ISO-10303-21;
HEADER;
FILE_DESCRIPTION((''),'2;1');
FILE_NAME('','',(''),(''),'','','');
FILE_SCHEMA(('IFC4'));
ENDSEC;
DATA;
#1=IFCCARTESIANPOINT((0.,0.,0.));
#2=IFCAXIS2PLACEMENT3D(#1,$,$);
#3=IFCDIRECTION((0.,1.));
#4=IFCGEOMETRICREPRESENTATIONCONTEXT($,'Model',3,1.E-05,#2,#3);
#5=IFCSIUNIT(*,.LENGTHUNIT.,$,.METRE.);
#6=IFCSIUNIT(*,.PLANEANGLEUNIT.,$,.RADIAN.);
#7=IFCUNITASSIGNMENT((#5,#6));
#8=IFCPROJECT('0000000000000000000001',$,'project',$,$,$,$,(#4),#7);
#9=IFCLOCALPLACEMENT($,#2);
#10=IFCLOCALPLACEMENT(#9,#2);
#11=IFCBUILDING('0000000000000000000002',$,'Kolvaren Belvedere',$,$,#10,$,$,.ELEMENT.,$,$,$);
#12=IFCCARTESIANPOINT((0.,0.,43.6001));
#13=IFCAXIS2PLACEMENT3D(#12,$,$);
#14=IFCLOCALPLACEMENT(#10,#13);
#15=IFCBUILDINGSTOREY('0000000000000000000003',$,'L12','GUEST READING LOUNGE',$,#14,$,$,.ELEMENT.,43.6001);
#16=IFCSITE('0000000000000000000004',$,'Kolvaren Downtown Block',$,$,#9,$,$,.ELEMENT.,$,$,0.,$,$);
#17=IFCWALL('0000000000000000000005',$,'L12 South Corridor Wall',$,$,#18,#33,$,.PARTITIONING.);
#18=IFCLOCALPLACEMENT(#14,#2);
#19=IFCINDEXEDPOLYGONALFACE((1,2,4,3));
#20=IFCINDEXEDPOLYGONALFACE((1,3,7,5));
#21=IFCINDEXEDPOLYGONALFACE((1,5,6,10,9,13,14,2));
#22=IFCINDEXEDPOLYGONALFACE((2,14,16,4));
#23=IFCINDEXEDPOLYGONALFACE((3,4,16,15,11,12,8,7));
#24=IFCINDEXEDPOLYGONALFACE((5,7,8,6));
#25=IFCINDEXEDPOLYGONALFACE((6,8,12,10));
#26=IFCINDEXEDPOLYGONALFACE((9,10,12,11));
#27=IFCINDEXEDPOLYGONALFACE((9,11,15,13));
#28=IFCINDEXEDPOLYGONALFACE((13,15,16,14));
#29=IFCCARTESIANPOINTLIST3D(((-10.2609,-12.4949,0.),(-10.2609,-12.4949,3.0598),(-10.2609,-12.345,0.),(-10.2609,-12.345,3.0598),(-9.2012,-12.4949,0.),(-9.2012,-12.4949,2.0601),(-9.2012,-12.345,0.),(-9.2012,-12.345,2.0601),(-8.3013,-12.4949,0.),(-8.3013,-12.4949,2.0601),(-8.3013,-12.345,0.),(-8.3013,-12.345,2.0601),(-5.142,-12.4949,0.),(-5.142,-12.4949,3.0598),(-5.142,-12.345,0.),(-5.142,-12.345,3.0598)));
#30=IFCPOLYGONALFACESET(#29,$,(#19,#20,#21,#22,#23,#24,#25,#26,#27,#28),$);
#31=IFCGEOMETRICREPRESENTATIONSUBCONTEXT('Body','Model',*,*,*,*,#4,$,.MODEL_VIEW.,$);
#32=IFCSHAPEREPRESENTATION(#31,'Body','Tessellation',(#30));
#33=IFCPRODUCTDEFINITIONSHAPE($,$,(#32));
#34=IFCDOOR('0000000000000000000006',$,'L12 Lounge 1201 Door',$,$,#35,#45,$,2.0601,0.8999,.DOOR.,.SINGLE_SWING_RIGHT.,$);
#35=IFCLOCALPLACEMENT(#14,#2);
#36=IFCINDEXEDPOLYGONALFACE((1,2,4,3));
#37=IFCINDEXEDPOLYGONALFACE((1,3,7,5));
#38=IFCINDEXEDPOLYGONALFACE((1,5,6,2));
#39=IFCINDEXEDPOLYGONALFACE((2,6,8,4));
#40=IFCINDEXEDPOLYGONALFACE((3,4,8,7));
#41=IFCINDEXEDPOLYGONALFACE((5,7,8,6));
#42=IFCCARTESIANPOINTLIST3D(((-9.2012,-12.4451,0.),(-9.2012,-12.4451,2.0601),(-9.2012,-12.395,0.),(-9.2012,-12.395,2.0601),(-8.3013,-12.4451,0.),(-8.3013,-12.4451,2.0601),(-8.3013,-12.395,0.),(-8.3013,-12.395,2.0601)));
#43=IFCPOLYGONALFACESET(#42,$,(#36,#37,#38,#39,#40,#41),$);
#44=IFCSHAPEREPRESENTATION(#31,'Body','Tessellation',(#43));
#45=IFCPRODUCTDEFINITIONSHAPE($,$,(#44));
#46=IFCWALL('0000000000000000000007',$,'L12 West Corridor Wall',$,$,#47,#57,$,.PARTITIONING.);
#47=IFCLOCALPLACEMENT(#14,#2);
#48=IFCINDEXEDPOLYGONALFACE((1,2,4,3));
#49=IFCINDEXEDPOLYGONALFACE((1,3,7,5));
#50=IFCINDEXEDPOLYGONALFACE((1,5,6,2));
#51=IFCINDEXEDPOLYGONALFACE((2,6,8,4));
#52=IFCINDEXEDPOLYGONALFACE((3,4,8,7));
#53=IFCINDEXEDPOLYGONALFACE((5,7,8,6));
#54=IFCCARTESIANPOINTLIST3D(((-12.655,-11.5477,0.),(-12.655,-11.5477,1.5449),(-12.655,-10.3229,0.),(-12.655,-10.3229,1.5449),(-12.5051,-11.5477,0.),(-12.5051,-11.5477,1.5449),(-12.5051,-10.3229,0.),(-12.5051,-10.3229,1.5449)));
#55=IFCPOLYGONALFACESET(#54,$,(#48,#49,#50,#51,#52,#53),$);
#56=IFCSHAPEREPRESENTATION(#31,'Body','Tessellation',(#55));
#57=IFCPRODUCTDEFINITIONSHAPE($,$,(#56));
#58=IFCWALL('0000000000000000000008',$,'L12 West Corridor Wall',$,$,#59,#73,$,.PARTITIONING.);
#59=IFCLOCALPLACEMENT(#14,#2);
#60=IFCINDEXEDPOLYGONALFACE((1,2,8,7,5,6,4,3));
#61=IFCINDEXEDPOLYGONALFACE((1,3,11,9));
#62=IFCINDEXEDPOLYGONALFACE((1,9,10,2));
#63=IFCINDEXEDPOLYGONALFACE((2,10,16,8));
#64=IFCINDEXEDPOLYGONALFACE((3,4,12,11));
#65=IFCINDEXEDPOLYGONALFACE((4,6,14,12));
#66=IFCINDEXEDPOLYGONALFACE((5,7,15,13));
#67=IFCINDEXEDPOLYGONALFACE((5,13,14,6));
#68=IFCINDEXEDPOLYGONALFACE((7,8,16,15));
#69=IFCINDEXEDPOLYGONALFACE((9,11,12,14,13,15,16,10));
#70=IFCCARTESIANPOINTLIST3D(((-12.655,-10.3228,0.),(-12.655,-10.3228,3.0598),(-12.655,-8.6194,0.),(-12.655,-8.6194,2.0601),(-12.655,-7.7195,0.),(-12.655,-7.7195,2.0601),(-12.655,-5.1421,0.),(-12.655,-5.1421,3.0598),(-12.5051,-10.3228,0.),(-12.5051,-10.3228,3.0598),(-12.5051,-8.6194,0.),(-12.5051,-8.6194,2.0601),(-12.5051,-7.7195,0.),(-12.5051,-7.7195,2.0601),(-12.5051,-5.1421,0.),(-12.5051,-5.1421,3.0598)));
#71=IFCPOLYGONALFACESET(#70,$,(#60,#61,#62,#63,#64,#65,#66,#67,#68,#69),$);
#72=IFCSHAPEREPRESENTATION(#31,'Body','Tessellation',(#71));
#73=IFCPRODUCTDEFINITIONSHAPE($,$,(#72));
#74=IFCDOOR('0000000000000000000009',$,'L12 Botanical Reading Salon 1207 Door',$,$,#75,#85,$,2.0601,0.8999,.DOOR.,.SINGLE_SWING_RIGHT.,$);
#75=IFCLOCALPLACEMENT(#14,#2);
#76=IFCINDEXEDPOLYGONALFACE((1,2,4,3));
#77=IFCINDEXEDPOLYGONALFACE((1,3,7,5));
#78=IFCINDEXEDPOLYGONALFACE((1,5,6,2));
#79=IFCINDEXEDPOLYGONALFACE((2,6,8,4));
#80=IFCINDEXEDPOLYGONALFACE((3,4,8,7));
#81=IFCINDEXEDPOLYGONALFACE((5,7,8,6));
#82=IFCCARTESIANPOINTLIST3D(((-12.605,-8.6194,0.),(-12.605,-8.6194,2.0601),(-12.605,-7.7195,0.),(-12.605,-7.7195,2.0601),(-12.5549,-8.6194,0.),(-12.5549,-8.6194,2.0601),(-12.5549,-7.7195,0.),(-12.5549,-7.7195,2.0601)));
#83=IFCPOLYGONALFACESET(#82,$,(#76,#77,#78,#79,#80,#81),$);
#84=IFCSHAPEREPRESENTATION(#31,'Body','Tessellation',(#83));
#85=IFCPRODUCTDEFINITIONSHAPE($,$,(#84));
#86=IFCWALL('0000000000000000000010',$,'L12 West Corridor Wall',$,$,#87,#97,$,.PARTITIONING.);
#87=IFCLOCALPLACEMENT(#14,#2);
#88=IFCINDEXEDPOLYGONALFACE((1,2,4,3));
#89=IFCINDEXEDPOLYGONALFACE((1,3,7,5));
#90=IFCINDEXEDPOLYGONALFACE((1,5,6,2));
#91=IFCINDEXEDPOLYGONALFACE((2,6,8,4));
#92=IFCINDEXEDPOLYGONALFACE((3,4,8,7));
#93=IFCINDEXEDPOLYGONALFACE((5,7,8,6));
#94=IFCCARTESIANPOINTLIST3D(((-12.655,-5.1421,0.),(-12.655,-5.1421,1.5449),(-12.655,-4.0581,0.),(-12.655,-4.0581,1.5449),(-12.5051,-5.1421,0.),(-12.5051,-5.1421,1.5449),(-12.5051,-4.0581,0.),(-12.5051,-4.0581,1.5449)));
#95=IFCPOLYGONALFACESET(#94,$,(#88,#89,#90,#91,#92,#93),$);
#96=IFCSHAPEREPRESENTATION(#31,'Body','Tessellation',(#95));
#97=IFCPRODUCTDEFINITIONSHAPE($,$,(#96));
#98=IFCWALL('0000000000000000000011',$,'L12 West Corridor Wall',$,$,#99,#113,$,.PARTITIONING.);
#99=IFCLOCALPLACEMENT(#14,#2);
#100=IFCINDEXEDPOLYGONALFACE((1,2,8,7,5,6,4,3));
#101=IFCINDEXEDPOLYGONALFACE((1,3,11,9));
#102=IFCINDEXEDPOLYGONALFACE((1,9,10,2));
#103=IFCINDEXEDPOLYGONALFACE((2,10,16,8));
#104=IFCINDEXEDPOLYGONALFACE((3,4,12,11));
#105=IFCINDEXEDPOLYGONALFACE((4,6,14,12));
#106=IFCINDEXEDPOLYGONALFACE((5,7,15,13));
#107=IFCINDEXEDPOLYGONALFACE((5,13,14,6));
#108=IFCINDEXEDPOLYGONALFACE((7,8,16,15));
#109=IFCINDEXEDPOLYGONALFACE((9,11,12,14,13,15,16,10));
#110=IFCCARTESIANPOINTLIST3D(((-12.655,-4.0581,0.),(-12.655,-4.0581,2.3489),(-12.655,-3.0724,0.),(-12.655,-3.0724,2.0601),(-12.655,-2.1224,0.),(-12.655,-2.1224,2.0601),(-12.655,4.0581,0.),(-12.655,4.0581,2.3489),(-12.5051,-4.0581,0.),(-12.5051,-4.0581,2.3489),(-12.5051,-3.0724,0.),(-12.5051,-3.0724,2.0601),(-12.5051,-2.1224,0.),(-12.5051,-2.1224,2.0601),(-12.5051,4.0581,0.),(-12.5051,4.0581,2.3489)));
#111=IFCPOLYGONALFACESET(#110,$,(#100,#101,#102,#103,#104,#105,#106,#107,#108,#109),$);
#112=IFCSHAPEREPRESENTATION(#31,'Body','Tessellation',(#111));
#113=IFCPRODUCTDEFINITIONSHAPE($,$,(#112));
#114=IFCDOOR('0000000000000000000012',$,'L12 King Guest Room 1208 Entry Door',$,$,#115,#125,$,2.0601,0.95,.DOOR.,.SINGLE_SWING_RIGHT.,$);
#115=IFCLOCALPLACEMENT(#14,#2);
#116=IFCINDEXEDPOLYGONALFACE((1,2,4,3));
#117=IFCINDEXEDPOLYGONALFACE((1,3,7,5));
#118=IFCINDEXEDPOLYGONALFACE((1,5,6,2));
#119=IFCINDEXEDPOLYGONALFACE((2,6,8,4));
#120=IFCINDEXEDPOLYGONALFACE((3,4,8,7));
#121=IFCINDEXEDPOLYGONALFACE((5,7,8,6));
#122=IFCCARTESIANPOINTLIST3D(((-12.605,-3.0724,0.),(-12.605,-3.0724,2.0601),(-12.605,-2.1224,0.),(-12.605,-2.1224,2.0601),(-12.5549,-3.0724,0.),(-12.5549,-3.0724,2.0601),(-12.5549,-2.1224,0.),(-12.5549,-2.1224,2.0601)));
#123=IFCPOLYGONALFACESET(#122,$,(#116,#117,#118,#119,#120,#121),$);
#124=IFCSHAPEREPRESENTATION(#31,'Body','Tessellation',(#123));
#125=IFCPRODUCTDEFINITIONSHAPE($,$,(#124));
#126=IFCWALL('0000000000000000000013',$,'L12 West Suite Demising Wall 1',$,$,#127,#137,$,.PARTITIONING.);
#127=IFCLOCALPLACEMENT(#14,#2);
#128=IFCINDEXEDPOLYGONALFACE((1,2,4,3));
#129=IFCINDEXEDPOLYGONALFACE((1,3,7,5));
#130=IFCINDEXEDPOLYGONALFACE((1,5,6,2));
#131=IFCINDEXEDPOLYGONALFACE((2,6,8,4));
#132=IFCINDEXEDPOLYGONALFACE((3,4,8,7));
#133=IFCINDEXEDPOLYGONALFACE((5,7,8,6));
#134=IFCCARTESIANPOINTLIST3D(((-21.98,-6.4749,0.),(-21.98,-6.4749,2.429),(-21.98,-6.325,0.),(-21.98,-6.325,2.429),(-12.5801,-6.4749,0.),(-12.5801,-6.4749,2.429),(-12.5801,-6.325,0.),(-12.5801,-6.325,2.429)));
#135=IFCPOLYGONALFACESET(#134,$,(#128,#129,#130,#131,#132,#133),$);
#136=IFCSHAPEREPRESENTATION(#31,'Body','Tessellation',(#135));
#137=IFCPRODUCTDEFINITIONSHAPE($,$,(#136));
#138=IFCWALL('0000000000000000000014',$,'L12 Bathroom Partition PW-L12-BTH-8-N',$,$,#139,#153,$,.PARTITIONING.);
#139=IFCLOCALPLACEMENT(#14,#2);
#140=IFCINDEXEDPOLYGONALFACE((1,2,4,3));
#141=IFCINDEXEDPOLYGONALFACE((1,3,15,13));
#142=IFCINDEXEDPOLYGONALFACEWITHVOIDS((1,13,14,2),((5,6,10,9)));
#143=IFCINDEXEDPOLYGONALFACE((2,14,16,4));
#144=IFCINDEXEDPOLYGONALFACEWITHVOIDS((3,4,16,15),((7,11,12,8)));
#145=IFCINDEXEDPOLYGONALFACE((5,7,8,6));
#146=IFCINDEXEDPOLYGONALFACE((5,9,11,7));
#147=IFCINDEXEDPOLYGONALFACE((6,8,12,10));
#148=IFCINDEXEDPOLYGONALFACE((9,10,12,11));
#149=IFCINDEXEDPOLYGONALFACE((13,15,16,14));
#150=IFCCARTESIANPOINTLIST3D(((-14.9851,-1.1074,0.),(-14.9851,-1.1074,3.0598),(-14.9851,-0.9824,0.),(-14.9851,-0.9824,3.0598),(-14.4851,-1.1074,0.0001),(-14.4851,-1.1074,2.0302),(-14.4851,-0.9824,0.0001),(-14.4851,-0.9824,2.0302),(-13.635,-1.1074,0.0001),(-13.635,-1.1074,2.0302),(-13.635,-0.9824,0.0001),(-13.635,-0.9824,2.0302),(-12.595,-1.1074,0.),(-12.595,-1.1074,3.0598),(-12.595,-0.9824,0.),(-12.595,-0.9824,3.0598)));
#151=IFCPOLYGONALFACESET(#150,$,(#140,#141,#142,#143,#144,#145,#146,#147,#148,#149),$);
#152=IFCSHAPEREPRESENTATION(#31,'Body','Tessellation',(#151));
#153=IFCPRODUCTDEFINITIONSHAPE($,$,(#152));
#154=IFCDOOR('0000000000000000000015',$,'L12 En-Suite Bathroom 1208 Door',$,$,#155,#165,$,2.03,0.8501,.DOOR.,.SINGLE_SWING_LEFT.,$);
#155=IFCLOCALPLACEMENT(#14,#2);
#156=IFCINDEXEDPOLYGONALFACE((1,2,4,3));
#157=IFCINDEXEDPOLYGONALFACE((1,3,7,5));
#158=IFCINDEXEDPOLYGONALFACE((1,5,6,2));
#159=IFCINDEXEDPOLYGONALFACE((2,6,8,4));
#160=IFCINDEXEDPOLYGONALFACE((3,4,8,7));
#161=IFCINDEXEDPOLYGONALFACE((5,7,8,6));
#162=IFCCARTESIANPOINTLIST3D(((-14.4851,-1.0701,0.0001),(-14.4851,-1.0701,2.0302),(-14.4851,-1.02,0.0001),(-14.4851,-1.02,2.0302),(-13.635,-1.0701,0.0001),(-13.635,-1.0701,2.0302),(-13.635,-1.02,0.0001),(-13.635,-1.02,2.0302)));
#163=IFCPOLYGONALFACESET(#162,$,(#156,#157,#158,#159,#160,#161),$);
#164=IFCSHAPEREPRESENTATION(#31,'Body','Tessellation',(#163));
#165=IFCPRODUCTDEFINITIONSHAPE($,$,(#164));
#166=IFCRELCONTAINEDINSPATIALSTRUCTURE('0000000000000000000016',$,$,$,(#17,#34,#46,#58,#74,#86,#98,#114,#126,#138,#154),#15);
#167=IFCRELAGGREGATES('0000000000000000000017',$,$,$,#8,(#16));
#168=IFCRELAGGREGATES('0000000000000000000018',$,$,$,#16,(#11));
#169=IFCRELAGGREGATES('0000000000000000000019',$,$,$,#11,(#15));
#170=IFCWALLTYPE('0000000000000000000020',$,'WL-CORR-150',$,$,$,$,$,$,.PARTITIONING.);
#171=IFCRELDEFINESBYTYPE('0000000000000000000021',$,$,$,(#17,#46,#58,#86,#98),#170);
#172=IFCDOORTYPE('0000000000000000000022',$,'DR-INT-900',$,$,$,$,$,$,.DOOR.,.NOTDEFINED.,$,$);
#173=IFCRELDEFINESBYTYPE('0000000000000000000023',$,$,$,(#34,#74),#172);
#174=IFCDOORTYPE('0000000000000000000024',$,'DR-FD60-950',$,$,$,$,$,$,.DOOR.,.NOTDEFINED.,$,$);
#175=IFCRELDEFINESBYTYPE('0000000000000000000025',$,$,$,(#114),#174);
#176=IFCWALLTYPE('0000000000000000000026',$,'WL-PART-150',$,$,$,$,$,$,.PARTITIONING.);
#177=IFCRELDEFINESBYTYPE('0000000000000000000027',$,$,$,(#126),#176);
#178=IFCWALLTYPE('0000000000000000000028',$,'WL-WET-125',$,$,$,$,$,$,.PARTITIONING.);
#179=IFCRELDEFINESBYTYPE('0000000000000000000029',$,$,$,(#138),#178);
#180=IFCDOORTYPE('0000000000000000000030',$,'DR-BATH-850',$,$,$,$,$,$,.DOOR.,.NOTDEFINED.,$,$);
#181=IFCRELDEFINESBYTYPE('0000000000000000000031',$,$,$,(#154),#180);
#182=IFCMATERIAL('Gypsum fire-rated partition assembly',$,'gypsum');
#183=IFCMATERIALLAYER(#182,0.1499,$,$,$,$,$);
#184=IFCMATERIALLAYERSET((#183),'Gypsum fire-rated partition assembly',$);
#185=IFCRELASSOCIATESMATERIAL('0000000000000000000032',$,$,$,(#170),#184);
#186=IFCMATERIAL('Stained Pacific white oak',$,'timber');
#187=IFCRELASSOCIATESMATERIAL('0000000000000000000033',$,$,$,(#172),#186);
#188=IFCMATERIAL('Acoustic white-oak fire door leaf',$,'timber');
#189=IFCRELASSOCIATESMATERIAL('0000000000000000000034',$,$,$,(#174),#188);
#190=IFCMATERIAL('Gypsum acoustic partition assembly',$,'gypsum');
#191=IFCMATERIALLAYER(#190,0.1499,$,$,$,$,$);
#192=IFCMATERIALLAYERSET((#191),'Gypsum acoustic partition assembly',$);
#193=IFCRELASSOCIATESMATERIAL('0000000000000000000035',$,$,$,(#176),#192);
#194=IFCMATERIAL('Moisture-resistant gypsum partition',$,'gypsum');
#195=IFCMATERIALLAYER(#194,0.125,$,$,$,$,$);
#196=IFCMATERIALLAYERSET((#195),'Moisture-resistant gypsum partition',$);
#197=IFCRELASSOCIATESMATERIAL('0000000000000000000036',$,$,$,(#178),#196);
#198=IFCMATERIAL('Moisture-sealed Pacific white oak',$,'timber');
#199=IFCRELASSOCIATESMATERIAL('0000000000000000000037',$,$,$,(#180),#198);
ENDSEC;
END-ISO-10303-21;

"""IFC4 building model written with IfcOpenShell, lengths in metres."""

from ifc_helpers import new_model, si_unit, direction, frame, frame_2d, origin, place, context, subcontext, project, spatial, rectangle, extrude, material, layer, layer_set, type_object, element, fill, save


model = new_model("IFC4")

# Units and contexts
model_context = context("Model", 3, precision=1e-05, world=origin(), true_north=direction((0.0, 1.0)))
body_context = subcontext(model_context, "Body", "Model", "MODEL_VIEW")
ifc_project = project(units=[si_unit("LENGTHUNIT", "METRE"), si_unit("PLANEANGLEUNIT", "RADIAN")], contexts=[model_context])

# Site, building, storey
site_placement = place(None, origin())
site = spatial("IfcSite", under=ifc_project, at=site_placement, Name="Kolvaren Downtown Block", CompositionType="ELEMENT", RefElevation=0.0)
building_placement = place(site_placement, origin())
building = spatial("IfcBuilding", under=site, at=building_placement, Name="Kolvaren Belvedere", CompositionType="ELEMENT")
storey_placement = place(building_placement, frame((0.0, 0.0, 43.6001)))
storey = spatial("IfcBuildingStorey", under=building, at=storey_placement, Name="L12", Description="GUEST READING LOUNGE", CompositionType="ELEMENT", Elevation=43.6001)

# Shared definitions
ifc_material_1 = material(Name="Gypsum fire-rated partition assembly", Category="gypsum")
ifc_layer_1 = layer(ifc_material_1, 0.1499)
ifc_layer_set_1 = layer_set([ifc_layer_1], Name="Gypsum fire-rated partition assembly")
wall_type_1 = type_object("IfcWallType", Name="WL-CORR-150", PredefinedType="PARTITIONING", material=ifc_layer_set_1)

# Wall, opening, door
wall_1_placement = place(storey_placement, frame((-10.261, -12.4199, 0.0), z_axis=(0.0, 0.0, 1.0), x_axis=(1.0, 0.0, 0.0)))
wall_1 = element("IfcWall", 1, at=wall_1_placement, inside=storey, type_object=wall_type_1, Name="L12 South Corridor Wall", PredefinedType="PARTITIONING", context=body_context, shape_type="SweptSolid", body=[
    extrude(rectangle(XDim=5.1189, YDim=0.1499, at=frame_2d((2.5596, 0.0))), origin(), (0.0, 0.0, 1.0), 3.0598),
])
opening_1_placement = place(wall_1_placement, frame((1.0598, 0.0, 0.0)))
opening_1 = element("IfcOpeningElement", 2, at=opening_1_placement, cuts=wall_1, PredefinedType="OPENING", context=body_context, shape_type="SweptSolid", body=[
    extrude(rectangle(XDim=0.8999, YDim=2.0601, at=frame_2d((0.45, 1.03))), frame((0.0, 0.085, 0.0), z_axis=(0.0, -1.0, 0.0), x_axis=(1.0, 0.0, 0.0)), (0.0, 0.0, 1.0), 0.1699),
])
ifc_material_2 = material(Name="Stained Pacific white oak", Category="timber")
door_type_1 = type_object("IfcDoorType", Name="DR-INT-900", OperationType="NOTDEFINED", PredefinedType="DOOR", material=ifc_material_2)
door_1_placement = place(opening_1_placement, origin())
door_1 = element("IfcDoor", 3, at=door_1_placement, inside=storey, type_object=door_type_1, Name="L12 Lounge 1201 Door", OperationType="SINGLE_SWING_RIGHT", OverallHeight=2.0601, OverallWidth=0.8999, PredefinedType="DOOR", context=body_context, shape_type="SweptSolid", body=[
    extrude(rectangle(XDim=0.8999, YDim=2.0601, at=frame_2d((0.45, 1.03))), frame((0.0, 0.0249, 0.0), z_axis=(0.0, -1.0, 0.0), x_axis=(1.0, 0.0, 0.0)), (0.0, 0.0, 1.0), 0.05),
])
fill(opening_1, door_1)

# Wall
wall_2_placement = place(storey_placement, frame((-12.5801, -11.5476, 0.0), z_axis=(0.0, 0.0, 1.0), x_axis=(0.0, 1.0, 0.0)))
element("IfcWall", 4, at=wall_2_placement, inside=storey, type_object=wall_type_1, Name="L12 West Corridor Wall", PredefinedType="PARTITIONING", context=body_context, shape_type="SweptSolid", body=[
    extrude(rectangle(XDim=1.2249, YDim=0.1499, at=frame_2d((0.6123, 0.0))), origin(), (0.0, 0.0, 1.0), 1.5449),
])

# Wall, opening, door
wall_3_placement = place(storey_placement, frame((-12.5801, -10.3228, 0.0), z_axis=(0.0, 0.0, 1.0), x_axis=(0.0, 1.0, 0.0)))
wall_3 = element("IfcWall", 5, at=wall_3_placement, inside=storey, type_object=wall_type_1, Name="L12 West Corridor Wall", PredefinedType="PARTITIONING", context=body_context, shape_type="SweptSolid", body=[
    extrude(rectangle(XDim=5.1807, YDim=0.1499, at=frame_2d((2.5903, 0.0))), origin(), (0.0, 0.0, 1.0), 3.0598),
])
opening_2_placement = place(wall_3_placement, frame((1.7034, 0.0, 0.0)))
opening_2 = element("IfcOpeningElement", 6, at=opening_2_placement, cuts=wall_3, PredefinedType="OPENING", context=body_context, shape_type="SweptSolid", body=[
    extrude(rectangle(XDim=0.8999, YDim=2.0601, at=frame_2d((0.45, 1.03))), frame((0.0, 0.085, 0.0), z_axis=(0.0, -1.0, 0.0), x_axis=(1.0, 0.0, 0.0)), (0.0, 0.0, 1.0), 0.1699),
])
door_2_placement = place(opening_2_placement, origin())
door_2 = element("IfcDoor", 7, at=door_2_placement, inside=storey, type_object=door_type_1, Name="L12 Botanical Reading Salon 1207 Door", OperationType="SINGLE_SWING_RIGHT", OverallHeight=2.0601, OverallWidth=0.8999, PredefinedType="DOOR", context=body_context, shape_type="SweptSolid", body=[
    extrude(rectangle(XDim=0.8999, YDim=2.0601, at=frame_2d((0.45, 1.03))), frame((0.0, 0.0249, 0.0), z_axis=(0.0, -1.0, 0.0), x_axis=(1.0, 0.0, 0.0)), (0.0, 0.0, 1.0), 0.05),
])
fill(opening_2, door_2)

# Wall
wall_4_placement = place(storey_placement, frame((-12.5801, -5.1421, 0.0), z_axis=(0.0, 0.0, 1.0), x_axis=(0.0, 1.0, 0.0)))
element("IfcWall", 8, at=wall_4_placement, inside=storey, type_object=wall_type_1, Name="L12 West Corridor Wall", PredefinedType="PARTITIONING", context=body_context, shape_type="SweptSolid", body=[
    extrude(rectangle(XDim=1.084, YDim=0.1499, at=frame_2d((0.542, 0.0))), origin(), (0.0, 0.0, 1.0), 1.5449),
])

# Wall, opening, door
wall_5_placement = place(storey_placement, frame((-12.5801, -4.0581, 0.0), z_axis=(0.0, 0.0, 1.0), x_axis=(0.0, 1.0, 0.0)))
wall_5 = element("IfcWall", 9, at=wall_5_placement, inside=storey, type_object=wall_type_1, Name="L12 West Corridor Wall", PredefinedType="PARTITIONING", context=body_context, shape_type="SweptSolid", body=[
    extrude(rectangle(XDim=8.1162, YDim=0.1499, at=frame_2d((4.0581, 0.0))), origin(), (0.0, 0.0, 1.0), 2.3489),
])
opening_3_placement = place(wall_5_placement, frame((0.9856, 0.0, 0.0)))
opening_3 = element("IfcOpeningElement", 10, at=opening_3_placement, cuts=wall_5, PredefinedType="OPENING", context=body_context, shape_type="SweptSolid", body=[
    extrude(rectangle(XDim=0.95, YDim=2.0601, at=frame_2d((0.4751, 1.03))), frame((0.0, 0.085, 0.0), z_axis=(0.0, -1.0, 0.0), x_axis=(1.0, 0.0, 0.0)), (0.0, 0.0, 1.0), 0.1699),
])
ifc_material_3 = material(Name="Acoustic white-oak fire door leaf", Category="timber")
door_type_2 = type_object("IfcDoorType", Name="DR-FD60-950", OperationType="NOTDEFINED", PredefinedType="DOOR", material=ifc_material_3)
door_3_placement = place(opening_3_placement, origin())
door_3 = element("IfcDoor", 11, at=door_3_placement, inside=storey, type_object=door_type_2, Name="L12 King Guest Room 1208 Entry Door", OperationType="SINGLE_SWING_RIGHT", OverallHeight=2.0601, OverallWidth=0.95, PredefinedType="DOOR", context=body_context, shape_type="SweptSolid", body=[
    extrude(rectangle(XDim=0.95, YDim=2.0601, at=frame_2d((0.4751, 1.03))), frame((0.0, 0.0249, 0.0), z_axis=(0.0, -1.0, 0.0), x_axis=(1.0, 0.0, 0.0)), (0.0, 0.0, 1.0), 0.05),
])
fill(opening_3, door_3)

# Wall
ifc_material_4 = material(Name="Gypsum acoustic partition assembly", Category="gypsum")
ifc_layer_2 = layer(ifc_material_4, 0.1499)
ifc_layer_set_2 = layer_set([ifc_layer_2], Name="Gypsum acoustic partition assembly")
wall_type_2 = type_object("IfcWallType", Name="WL-PART-150", PredefinedType="PARTITIONING", material=ifc_layer_set_2)
wall_6_placement = place(storey_placement, frame((-21.98, -6.3999, 0.0), z_axis=(0.0, 0.0, 1.0), x_axis=(1.0, 0.0, 0.0)))
element("IfcWall", 12, at=wall_6_placement, inside=storey, type_object=wall_type_2, Name="L12 West Suite Demising Wall 1", PredefinedType="PARTITIONING", context=body_context, shape_type="SweptSolid", body=[
    extrude(rectangle(XDim=9.3999, YDim=0.1499, at=frame_2d((4.7, 0.0))), origin(), (0.0, 0.0, 1.0), 2.429),
])

# Wall, opening, door
ifc_material_5 = material(Name="Moisture-resistant gypsum partition", Category="gypsum")
ifc_layer_3 = layer(ifc_material_5, 0.125)
ifc_layer_set_3 = layer_set([ifc_layer_3], Name="Moisture-resistant gypsum partition")
wall_type_3 = type_object("IfcWallType", Name="WL-WET-125", PredefinedType="PARTITIONING", material=ifc_layer_set_3)
wall_7_placement = place(storey_placement, frame((-14.9851, -1.0449, 0.0), z_axis=(0.0, 0.0, 1.0), x_axis=(1.0, 0.0, 0.0)))
wall_7 = element("IfcWall", 13, at=wall_7_placement, inside=storey, type_object=wall_type_3, Name="L12 Bathroom Partition PW-L12-BTH-8-N", PredefinedType="PARTITIONING", context=body_context, shape_type="SweptSolid", body=[
    extrude(rectangle(XDim=2.3901, YDim=0.125, at=frame_2d((1.1951, 0.0))), origin(), (0.0, 0.0, 1.0), 3.0598),
])
opening_4_placement = place(wall_7_placement, frame((0.5, 0.0, 0.0)))
opening_4 = element("IfcOpeningElement", 14, at=opening_4_placement, cuts=wall_7, PredefinedType="OPENING", context=body_context, shape_type="SweptSolid", body=[
    extrude(rectangle(XDim=0.8501, YDim=2.03, at=frame_2d((0.425, 1.0151))), frame((0.0, 0.0725, 0.0), z_axis=(0.0, -1.0, 0.0), x_axis=(1.0, 0.0, 0.0)), (0.0, 0.0, 1.0), 0.145),
])
ifc_material_6 = material(Name="Moisture-sealed Pacific white oak", Category="timber")
door_type_3 = type_object("IfcDoorType", Name="DR-BATH-850", OperationType="NOTDEFINED", PredefinedType="DOOR", material=ifc_material_6)
door_4_placement = place(opening_4_placement, origin())
door_4 = element("IfcDoor", 15, at=door_4_placement, inside=storey, type_object=door_type_3, Name="L12 En-Suite Bathroom 1208 Door", OperationType="SINGLE_SWING_LEFT", OverallHeight=2.03, OverallWidth=0.8501, PredefinedType="DOOR", context=body_context, shape_type="SweptSolid", body=[
    extrude(rectangle(XDim=0.8501, YDim=2.03, at=frame_2d((0.425, 1.0151))), frame((0.0, 0.0249, 0.0), z_axis=(0.0, -1.0, 0.0), x_axis=(1.0, 0.0, 0.0)), (0.0, 0.0, 1.0), 0.05),
])
fill(opening_4, door_4)

save(model, "model.ifc")
